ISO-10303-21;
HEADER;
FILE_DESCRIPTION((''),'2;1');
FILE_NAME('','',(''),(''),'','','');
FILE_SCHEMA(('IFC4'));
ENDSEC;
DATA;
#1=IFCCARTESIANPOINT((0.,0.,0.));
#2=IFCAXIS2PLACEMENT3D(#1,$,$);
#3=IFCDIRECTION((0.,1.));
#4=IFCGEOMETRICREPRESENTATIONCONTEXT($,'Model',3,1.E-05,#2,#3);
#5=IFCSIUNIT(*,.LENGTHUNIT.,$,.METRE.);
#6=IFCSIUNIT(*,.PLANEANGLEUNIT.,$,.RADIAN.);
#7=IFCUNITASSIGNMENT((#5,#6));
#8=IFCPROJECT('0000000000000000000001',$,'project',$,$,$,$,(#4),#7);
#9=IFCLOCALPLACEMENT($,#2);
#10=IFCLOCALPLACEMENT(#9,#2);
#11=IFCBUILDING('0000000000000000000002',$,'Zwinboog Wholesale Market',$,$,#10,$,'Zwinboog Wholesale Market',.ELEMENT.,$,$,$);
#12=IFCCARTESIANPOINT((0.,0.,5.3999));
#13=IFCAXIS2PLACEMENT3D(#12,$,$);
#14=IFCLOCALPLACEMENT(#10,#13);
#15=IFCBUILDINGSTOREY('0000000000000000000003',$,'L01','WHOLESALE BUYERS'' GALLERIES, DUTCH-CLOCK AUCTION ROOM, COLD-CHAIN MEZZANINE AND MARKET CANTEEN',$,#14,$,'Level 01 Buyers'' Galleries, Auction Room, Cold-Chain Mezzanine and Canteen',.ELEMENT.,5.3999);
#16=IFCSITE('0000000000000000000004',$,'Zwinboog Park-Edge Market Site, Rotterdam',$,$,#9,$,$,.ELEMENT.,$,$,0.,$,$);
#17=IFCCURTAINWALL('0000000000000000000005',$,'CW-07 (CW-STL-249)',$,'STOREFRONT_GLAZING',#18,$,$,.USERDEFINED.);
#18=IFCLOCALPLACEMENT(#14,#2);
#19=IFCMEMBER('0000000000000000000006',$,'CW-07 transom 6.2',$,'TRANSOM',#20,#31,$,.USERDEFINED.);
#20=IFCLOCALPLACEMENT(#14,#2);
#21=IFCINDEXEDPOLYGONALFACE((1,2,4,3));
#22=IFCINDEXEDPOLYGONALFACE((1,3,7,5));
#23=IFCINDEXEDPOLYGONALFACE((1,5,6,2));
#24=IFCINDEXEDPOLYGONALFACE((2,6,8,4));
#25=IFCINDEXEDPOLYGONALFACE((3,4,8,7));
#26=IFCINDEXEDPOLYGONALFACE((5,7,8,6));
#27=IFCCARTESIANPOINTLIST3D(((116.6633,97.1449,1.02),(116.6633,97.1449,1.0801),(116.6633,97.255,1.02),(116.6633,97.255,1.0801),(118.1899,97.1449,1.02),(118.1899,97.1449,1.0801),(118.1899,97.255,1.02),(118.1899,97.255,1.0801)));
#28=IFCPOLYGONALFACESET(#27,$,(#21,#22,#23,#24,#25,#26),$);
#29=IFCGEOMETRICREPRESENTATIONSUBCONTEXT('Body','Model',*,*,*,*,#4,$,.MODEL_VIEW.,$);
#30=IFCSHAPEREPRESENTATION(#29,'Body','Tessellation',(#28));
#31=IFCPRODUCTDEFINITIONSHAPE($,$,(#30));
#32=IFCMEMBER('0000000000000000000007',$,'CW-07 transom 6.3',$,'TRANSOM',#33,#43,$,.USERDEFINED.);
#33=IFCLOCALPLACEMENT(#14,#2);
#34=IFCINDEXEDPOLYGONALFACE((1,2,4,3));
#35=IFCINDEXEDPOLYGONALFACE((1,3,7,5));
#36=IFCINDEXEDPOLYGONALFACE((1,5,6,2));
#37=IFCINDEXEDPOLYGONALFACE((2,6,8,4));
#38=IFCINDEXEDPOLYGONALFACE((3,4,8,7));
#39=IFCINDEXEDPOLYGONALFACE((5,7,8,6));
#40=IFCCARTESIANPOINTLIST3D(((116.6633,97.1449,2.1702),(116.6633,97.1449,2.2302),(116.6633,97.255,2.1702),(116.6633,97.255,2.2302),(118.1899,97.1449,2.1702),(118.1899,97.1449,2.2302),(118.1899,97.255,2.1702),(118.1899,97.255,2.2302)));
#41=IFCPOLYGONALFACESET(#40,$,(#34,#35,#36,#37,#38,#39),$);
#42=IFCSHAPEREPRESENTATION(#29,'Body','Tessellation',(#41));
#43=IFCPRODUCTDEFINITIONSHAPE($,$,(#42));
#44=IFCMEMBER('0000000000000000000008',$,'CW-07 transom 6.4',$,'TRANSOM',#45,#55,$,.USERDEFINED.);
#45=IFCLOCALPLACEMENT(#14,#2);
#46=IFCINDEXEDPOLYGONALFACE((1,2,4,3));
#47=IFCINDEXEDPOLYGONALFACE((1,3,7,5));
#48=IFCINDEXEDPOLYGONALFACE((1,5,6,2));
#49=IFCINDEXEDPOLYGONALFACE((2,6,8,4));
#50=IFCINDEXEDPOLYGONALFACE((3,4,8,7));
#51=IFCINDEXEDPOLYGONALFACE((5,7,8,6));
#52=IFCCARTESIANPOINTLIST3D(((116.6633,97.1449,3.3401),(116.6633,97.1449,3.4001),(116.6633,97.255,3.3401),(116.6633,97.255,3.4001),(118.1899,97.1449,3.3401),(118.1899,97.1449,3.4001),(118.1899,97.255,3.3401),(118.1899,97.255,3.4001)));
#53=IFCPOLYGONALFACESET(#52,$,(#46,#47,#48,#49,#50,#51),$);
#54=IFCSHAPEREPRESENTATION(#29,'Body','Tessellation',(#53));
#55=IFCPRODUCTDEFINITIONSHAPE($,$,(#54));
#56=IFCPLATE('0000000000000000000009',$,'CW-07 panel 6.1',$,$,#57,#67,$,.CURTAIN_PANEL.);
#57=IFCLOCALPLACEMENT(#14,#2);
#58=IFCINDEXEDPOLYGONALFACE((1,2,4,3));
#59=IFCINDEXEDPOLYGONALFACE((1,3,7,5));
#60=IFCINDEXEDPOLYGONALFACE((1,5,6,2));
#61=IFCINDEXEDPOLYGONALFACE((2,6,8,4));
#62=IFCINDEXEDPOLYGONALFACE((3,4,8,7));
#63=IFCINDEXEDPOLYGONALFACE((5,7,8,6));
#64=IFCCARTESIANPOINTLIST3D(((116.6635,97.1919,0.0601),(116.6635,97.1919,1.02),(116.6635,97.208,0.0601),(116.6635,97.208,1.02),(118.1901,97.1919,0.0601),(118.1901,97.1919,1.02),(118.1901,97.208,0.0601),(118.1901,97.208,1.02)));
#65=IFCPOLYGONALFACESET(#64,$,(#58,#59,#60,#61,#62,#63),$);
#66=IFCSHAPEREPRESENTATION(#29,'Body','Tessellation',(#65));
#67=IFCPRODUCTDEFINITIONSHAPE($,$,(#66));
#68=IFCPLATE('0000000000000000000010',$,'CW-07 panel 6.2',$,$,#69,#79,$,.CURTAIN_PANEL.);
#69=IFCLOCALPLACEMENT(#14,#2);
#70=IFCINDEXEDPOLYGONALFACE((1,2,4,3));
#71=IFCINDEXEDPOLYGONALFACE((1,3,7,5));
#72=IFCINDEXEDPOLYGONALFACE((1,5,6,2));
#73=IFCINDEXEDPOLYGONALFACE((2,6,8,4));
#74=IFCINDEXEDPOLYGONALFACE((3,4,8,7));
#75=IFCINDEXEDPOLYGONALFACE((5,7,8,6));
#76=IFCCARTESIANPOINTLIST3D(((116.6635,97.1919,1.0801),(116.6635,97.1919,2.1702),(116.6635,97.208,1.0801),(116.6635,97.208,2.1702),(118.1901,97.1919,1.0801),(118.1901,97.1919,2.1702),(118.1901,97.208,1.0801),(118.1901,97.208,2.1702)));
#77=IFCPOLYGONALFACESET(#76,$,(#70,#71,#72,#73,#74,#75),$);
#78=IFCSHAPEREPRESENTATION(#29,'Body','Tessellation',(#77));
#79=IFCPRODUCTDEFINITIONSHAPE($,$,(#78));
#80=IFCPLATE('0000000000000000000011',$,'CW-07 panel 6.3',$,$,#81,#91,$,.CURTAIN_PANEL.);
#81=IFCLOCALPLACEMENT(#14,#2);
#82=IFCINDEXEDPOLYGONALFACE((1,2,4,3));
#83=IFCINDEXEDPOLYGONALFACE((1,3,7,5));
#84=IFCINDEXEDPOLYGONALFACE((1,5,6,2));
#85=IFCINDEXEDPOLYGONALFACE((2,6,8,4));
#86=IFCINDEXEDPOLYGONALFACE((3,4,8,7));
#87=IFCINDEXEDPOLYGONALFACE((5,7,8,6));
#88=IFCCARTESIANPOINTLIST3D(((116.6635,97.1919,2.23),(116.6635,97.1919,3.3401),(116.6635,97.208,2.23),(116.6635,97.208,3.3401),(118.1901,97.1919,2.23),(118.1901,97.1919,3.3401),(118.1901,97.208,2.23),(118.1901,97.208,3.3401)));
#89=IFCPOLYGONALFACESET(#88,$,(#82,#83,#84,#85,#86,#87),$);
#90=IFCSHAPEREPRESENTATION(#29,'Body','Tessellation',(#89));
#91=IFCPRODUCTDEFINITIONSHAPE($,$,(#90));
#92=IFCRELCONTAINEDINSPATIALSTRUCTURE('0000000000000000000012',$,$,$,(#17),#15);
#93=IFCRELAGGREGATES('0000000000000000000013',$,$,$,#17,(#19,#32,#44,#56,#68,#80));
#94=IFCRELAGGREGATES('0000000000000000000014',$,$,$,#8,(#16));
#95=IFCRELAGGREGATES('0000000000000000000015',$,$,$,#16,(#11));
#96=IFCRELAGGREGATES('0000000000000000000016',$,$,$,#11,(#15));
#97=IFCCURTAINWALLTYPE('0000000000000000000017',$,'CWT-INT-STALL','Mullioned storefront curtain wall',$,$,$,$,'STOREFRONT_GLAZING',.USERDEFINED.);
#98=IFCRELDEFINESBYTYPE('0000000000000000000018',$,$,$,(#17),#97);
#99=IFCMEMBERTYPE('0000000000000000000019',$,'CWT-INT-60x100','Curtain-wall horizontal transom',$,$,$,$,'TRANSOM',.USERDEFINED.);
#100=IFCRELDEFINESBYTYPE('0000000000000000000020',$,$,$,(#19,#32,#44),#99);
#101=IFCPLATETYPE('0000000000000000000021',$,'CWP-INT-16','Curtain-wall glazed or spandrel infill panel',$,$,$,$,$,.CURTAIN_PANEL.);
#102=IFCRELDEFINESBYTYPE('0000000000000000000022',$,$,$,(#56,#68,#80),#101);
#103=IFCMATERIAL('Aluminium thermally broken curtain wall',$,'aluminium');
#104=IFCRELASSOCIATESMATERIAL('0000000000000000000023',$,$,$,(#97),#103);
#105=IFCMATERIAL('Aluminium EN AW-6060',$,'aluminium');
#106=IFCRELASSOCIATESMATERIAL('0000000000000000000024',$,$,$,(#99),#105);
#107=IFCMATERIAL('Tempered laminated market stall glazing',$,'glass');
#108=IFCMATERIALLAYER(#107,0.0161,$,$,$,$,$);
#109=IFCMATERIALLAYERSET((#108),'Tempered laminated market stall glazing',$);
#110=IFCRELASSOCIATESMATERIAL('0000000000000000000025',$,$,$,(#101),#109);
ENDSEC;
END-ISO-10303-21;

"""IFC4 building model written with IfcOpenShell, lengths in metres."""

from ifc_helpers import new_model, si_unit, direction, frame, origin, origin_2d, place, context, subcontext, project, spatial, rectangle, extrude, material, layer, layer_set, material_profile, profile_set, type_object, element, aggregate, save


model = new_model("IFC4")

# Units and contexts
model_context = context("Model", 3, precision=1e-05, world=origin(), true_north=direction((0.0, 1.0)))
body_context = subcontext(model_context, "Body", "Model", "MODEL_VIEW")
ifc_project = project(units=[si_unit("LENGTHUNIT", "METRE"), si_unit("PLANEANGLEUNIT", "RADIAN")], contexts=[model_context])

# Site, building, storey
site_placement = place(None, origin())
site = spatial("IfcSite", under=ifc_project, at=site_placement, Name="Zwinboog Park-Edge Market Site, Rotterdam", CompositionType="ELEMENT", RefElevation=0.0)
building_placement = place(site_placement, origin())
building = spatial("IfcBuilding", under=site, at=building_placement, Name="Zwinboog Wholesale Market", LongName="Zwinboog Wholesale Market", CompositionType="ELEMENT")
storey_placement = place(building_placement, frame((0.0, 0.0, 5.3999)))
storey = spatial("IfcBuildingStorey", under=building, at=storey_placement, Name="L01", Description="WHOLESALE BUYERS' GALLERIES, DUTCH-CLOCK AUCTION ROOM, COLD-CHAIN MEZZANINE AND MARKET CANTEEN", LongName="Level 01 Buyers' Galleries, Auction Room, Cold-Chain Mezzanine and Canteen", CompositionType="ELEMENT", Elevation=5.3999)

# Curtain wall, members, plates
ifc_material_1 = material(Name="Aluminium thermally broken curtain wall", Category="aluminium")
curtain_wall_type = type_object("IfcCurtainWallType", Name="CWT-INT-STALL", Description="Mullioned storefront curtain wall", ElementType="STOREFRONT_GLAZING", PredefinedType="USERDEFINED", material=ifc_material_1)
curtain_wall_placement = place(storey_placement, origin())
curtain_wall = element("IfcCurtainWall", 1, at=curtain_wall_placement, inside=storey, type_object=curtain_wall_type, Name="CW-07 (CW-STL-249)", ObjectType="STOREFRONT_GLAZING", PredefinedType="USERDEFINED")
ifc_material_2 = material(Name="Aluminium EN AW-6060", Category="aluminium")
ifc_material_profile_1 = material_profile(ifc_material_2, rectangle(XDim=0.1101, YDim=0.0601, at=origin_2d()), Name="AL 60x110")
ifc_profile_set_1 = profile_set([ifc_material_profile_1], Name="Aluminium EN AW-6060")
member_type_1 = type_object("IfcMemberType", Name="CWT-INT-60x100", Description="Curtain-wall horizontal transom", ElementType="TRANSOM", PredefinedType="USERDEFINED", material=ifc_profile_set_1)
member_1_placement = place(storey_placement, frame((116.6633, 97.2, 1.05), z_axis=(1.0, 0.0, 0.0), x_axis=(0.0, 1.0, 0.0)))
member_1 = element("IfcMember", 2, at=member_1_placement, type_object=member_type_1, Name="CW-07 transom 6.2", ObjectType="TRANSOM", PredefinedType="USERDEFINED", context=body_context, shape_type="SweptSolid", body=[
    extrude(rectangle(XDim=0.1101, YDim=0.0601, at=origin_2d()), origin(), (0.0, 0.0, 1.0), 1.5266),
])
member_2_placement = place(storey_placement, frame((116.6633, 97.2, 2.2002), z_axis=(1.0, 0.0, 0.0), x_axis=(0.0, 1.0, 0.0)))
member_2 = element("IfcMember", 3, at=member_2_placement, type_object=member_type_1, Name="CW-07 transom 6.3", ObjectType="TRANSOM", PredefinedType="USERDEFINED", context=body_context, shape_type="SweptSolid", body=[
    extrude(rectangle(XDim=0.1101, YDim=0.0601, at=origin_2d()), origin(), (0.0, 0.0, 1.0), 1.5266),
])
member_3_placement = place(storey_placement, frame((116.6633, 97.2, 3.3701), z_axis=(1.0, 0.0, 0.0), x_axis=(0.0, 1.0, 0.0)))
member_3 = element("IfcMember", 4, at=member_3_placement, type_object=member_type_1, Name="CW-07 transom 6.4", ObjectType="TRANSOM", PredefinedType="USERDEFINED", context=body_context, shape_type="SweptSolid", body=[
    extrude(rectangle(XDim=0.1101, YDim=0.0601, at=origin_2d()), origin(), (0.0, 0.0, 1.0), 1.5266),
])
ifc_material_3 = material(Name="Tempered laminated market stall glazing", Category="glass")
ifc_layer = layer(ifc_material_3, 0.0161)
ifc_layer_set = layer_set([ifc_layer], Name="Tempered laminated market stall glazing")
plate_type = type_object("IfcPlateType", Name="CWP-INT-16", Description="Curtain-wall glazed or spandrel infill panel", PredefinedType="CURTAIN_PANEL", material=ifc_layer_set)
plate_1_placement = place(storey_placement, frame((117.4268, 97.2, 0.0601), z_axis=(0.0, 0.0, 1.0), x_axis=(1.0, 0.0, 0.0)))
plate_1 = element("IfcPlate", 5, at=plate_1_placement, type_object=plate_type, Name="CW-07 panel 6.1", PredefinedType="CURTAIN_PANEL", context=body_context, shape_type="SweptSolid", body=[
    extrude(rectangle(XDim=1.5266, YDim=0.0161, at=origin_2d()), origin(), (0.0, 0.0, 1.0), 0.96),
])
plate_2_placement = place(storey_placement, frame((117.4268, 97.2, 1.0801), z_axis=(0.0, 0.0, 1.0), x_axis=(1.0, 0.0, 0.0)))
plate_2 = element("IfcPlate", 6, at=plate_2_placement, type_object=plate_type, Name="CW-07 panel 6.2", PredefinedType="CURTAIN_PANEL", context=body_context, shape_type="SweptSolid", body=[
    extrude(rectangle(XDim=1.5266, YDim=0.0161, at=origin_2d()), origin(), (0.0, 0.0, 1.0), 1.0901),
])
plate_3_placement = place(storey_placement, frame((117.4268, 97.2, 2.23), z_axis=(0.0, 0.0, 1.0), x_axis=(1.0, 0.0, 0.0)))
plate_3 = element("IfcPlate", 7, at=plate_3_placement, type_object=plate_type, Name="CW-07 panel 6.3", PredefinedType="CURTAIN_PANEL", context=body_context, shape_type="SweptSolid", body=[
    extrude(rectangle(XDim=1.5266, YDim=0.0161, at=origin_2d()), origin(), (0.0, 0.0, 1.0), 1.1101),
])
aggregate(curtain_wall, [member_1, member_2, member_3, plate_1, plate_2, plate_3])

save(model, "model.ifc")
